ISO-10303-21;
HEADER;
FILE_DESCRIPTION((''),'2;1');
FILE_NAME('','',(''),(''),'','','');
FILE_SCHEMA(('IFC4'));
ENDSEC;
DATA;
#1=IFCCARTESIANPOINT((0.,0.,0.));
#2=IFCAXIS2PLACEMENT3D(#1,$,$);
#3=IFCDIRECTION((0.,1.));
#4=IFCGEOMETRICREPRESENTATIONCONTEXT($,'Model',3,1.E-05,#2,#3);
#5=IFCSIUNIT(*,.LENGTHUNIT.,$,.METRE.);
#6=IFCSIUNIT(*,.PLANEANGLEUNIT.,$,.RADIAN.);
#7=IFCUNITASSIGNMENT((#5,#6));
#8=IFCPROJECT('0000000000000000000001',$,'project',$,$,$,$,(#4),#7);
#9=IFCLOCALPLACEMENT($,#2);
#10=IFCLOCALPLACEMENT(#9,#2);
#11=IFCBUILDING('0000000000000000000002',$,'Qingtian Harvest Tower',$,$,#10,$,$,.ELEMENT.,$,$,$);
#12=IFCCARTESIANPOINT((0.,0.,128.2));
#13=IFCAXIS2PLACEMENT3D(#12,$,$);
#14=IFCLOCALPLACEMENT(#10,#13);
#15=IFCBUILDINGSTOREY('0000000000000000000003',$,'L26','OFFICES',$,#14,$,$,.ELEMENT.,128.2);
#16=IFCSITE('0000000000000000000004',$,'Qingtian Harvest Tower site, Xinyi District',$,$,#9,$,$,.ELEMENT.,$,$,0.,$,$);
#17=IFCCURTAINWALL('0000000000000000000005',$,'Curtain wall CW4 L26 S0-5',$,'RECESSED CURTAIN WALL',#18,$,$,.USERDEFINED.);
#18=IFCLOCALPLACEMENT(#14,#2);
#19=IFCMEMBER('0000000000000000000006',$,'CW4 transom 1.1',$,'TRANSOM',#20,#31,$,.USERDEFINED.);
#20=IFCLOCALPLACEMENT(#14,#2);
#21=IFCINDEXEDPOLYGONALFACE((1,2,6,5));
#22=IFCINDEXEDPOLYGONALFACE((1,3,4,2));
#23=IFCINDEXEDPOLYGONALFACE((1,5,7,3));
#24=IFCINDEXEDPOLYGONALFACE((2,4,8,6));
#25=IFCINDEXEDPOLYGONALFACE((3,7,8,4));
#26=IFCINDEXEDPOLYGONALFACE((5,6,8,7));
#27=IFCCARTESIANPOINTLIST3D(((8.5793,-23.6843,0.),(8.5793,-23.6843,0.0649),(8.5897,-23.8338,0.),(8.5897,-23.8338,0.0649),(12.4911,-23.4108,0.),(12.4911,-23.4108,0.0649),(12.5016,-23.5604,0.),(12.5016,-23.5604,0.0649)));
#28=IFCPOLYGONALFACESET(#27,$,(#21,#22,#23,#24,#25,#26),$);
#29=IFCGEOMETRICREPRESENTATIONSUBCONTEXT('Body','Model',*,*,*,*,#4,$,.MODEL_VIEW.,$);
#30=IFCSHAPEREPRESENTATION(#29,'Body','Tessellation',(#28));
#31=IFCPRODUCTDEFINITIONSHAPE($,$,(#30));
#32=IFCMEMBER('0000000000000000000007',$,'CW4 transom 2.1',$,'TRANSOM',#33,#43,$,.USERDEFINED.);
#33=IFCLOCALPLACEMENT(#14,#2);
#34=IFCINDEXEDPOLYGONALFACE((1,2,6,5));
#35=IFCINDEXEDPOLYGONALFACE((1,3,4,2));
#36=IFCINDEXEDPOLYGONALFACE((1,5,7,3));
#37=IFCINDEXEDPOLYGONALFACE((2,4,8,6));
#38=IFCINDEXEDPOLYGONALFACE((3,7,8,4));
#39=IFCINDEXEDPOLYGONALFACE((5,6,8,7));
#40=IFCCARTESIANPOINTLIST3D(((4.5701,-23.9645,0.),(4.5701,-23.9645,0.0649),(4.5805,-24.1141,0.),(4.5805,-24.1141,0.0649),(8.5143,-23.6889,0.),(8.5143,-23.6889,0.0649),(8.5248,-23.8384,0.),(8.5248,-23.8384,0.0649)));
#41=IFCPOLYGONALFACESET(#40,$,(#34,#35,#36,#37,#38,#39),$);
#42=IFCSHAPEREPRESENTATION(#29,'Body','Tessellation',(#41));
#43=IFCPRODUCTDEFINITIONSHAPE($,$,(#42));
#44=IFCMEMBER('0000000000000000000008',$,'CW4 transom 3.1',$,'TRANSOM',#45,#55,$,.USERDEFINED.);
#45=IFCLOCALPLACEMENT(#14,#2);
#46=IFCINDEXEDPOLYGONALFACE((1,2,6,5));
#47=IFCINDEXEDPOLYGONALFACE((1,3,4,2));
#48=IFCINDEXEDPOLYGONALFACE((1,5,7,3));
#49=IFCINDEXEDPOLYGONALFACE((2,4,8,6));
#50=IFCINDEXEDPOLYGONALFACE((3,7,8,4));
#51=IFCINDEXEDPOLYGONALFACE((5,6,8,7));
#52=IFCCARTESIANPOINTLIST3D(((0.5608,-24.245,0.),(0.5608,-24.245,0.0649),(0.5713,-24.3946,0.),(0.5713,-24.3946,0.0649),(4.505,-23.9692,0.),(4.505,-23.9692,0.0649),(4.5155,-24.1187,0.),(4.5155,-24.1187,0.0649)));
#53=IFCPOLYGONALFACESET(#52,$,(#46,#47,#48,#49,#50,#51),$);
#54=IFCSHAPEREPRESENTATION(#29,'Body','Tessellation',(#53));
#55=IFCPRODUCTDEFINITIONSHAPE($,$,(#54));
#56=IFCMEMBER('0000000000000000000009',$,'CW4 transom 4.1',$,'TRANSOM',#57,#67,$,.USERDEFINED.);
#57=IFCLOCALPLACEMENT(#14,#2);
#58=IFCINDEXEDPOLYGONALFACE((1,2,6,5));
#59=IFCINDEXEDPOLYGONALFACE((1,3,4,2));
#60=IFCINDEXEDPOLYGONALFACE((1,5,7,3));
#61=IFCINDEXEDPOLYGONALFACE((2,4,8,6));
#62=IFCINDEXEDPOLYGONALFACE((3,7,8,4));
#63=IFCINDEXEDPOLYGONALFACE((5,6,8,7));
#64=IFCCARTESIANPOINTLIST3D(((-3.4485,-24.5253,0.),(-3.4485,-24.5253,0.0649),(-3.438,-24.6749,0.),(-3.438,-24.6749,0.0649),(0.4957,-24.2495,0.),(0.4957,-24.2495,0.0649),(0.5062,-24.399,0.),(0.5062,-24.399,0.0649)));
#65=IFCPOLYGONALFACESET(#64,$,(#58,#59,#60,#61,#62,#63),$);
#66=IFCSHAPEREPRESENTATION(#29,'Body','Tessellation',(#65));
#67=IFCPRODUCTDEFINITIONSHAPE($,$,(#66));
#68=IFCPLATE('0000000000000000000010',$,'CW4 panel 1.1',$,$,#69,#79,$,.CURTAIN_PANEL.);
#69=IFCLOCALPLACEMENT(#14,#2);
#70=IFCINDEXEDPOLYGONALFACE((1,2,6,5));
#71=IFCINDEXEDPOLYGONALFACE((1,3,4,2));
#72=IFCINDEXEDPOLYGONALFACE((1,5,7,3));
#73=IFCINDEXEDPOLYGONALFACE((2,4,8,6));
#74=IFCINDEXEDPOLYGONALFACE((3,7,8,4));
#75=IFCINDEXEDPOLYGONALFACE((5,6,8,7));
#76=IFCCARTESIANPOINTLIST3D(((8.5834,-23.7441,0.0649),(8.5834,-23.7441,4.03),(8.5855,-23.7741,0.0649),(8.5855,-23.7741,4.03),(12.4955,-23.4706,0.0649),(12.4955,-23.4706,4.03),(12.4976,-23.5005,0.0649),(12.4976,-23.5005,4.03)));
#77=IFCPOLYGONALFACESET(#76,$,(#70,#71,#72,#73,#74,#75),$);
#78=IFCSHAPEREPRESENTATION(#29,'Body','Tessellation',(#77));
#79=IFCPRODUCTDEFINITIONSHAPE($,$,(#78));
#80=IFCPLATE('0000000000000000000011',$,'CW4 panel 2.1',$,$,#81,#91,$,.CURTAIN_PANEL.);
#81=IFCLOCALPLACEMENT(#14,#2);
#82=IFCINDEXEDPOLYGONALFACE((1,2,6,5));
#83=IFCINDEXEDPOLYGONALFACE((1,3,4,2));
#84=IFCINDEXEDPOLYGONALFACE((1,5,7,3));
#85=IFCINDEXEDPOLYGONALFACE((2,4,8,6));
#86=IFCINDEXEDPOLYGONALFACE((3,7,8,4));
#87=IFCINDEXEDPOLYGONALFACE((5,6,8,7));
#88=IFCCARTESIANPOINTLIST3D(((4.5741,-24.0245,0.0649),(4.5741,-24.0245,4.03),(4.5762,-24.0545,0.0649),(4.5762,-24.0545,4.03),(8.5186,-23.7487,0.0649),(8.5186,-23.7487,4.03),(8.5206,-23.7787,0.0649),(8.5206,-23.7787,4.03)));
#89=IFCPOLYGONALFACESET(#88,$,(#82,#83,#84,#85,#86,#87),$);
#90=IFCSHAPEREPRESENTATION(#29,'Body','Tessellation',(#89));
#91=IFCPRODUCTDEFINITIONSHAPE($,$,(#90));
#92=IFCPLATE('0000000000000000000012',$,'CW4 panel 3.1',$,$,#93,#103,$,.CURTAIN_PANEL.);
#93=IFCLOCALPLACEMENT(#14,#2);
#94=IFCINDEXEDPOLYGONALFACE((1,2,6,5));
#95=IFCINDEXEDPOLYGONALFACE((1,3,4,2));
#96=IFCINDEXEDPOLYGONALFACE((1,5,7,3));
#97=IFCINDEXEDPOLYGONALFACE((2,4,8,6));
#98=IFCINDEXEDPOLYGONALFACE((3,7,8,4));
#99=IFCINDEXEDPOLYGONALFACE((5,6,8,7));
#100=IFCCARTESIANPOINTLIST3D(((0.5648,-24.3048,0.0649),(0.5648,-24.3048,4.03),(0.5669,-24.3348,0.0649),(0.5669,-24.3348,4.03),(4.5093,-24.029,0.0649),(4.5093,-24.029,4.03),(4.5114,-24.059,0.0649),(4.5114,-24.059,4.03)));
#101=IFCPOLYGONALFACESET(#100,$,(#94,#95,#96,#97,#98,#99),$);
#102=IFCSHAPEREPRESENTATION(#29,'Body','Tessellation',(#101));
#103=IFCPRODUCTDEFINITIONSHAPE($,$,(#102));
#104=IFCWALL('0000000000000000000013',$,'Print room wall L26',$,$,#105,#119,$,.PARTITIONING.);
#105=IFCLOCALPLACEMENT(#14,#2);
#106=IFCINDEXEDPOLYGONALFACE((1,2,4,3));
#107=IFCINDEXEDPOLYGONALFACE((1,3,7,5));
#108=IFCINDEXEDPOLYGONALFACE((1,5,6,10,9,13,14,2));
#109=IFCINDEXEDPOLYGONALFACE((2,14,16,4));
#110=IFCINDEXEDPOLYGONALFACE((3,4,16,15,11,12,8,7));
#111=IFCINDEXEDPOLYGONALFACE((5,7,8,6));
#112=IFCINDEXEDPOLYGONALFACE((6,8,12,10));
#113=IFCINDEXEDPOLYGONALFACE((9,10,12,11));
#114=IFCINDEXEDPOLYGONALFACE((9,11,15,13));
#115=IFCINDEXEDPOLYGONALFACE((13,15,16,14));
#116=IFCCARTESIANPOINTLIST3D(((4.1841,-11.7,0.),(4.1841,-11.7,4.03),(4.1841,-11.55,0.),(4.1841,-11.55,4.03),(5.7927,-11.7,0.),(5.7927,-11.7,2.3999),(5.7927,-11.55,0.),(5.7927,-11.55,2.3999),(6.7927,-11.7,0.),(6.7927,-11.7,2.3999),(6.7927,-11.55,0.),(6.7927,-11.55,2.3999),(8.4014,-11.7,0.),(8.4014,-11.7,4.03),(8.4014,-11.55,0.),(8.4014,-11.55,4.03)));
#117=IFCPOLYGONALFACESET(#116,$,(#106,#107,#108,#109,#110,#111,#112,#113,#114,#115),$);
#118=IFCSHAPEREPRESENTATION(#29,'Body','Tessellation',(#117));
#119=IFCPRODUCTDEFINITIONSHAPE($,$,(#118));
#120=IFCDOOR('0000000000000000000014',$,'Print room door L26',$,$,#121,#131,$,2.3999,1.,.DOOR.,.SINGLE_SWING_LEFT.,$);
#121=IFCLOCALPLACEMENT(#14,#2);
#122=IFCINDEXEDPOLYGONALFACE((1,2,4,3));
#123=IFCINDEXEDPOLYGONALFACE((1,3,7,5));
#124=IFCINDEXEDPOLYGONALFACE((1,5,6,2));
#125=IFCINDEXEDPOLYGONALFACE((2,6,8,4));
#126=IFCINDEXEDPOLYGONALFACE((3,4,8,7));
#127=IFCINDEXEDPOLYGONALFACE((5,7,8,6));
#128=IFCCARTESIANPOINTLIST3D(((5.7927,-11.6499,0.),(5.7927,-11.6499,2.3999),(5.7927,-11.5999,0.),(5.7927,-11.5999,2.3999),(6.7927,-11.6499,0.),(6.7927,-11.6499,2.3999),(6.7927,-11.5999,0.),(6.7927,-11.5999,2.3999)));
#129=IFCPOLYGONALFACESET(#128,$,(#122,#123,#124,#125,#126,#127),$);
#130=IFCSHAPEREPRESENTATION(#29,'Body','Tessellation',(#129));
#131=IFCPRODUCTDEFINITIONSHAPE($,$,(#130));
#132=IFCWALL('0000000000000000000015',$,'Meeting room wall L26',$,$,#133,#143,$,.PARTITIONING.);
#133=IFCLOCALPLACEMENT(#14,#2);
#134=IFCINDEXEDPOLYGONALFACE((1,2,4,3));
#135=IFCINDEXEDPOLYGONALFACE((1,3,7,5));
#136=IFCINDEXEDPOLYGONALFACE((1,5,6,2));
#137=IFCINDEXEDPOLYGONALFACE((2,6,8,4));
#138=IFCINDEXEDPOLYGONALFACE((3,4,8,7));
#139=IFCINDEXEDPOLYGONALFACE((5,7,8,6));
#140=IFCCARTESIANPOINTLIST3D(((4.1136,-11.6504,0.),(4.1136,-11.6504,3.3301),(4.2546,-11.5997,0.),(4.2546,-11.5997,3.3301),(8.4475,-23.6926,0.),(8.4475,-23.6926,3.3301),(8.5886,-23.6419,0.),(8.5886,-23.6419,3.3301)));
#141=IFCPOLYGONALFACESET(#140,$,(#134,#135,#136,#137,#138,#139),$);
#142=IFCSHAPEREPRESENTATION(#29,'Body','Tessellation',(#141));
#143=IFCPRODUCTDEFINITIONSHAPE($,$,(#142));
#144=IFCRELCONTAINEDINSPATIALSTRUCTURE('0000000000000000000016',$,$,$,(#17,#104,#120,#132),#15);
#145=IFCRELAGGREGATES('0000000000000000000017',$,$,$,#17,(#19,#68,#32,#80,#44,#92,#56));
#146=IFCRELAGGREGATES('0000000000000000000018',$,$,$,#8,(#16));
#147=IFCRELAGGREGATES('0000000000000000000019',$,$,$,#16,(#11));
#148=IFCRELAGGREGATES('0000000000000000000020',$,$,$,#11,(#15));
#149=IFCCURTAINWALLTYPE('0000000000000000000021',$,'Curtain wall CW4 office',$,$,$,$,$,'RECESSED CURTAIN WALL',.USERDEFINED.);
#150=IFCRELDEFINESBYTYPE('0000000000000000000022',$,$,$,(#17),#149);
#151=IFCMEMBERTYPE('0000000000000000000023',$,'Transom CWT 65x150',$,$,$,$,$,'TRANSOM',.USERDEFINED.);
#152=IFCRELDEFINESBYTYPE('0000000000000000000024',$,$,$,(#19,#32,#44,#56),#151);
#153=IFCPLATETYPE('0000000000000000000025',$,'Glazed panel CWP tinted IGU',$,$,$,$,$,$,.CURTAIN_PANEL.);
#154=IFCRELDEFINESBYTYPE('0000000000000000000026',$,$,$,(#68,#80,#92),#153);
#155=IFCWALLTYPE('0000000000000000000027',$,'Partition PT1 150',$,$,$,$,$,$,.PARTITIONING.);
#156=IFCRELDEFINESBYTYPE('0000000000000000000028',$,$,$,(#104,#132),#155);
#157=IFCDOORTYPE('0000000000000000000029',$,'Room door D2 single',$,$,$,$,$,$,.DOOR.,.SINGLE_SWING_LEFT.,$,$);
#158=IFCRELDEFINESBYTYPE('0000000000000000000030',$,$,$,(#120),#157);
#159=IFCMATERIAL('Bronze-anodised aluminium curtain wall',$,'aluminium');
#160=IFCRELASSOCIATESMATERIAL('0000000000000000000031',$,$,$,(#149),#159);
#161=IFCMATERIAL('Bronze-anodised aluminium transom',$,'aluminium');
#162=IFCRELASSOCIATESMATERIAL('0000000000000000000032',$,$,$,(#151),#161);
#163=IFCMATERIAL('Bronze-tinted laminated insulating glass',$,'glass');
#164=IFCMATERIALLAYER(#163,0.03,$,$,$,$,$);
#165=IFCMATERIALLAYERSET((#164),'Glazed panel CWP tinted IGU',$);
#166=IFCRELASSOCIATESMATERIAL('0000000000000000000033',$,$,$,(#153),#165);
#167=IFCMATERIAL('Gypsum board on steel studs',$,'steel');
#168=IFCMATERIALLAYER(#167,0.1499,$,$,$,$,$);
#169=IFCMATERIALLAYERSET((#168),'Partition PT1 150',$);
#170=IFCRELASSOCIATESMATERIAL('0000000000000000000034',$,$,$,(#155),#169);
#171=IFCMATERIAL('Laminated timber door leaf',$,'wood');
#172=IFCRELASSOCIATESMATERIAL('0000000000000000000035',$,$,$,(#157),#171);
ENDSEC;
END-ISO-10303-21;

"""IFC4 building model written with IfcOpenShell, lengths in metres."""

from ifc_helpers import new_model, si_unit, direction, frame, frame_2d, origin, origin_2d, place, context, subcontext, project, spatial, rectangle, extrude, material, layer, layer_set, material_profile, profile_set, type_object, element, fill, aggregate, save


model = new_model("IFC4")

# Units and contexts
model_context = context("Model", 3, precision=1e-05, world=origin(), true_north=direction((0.0, 1.0)))
body_context = subcontext(model_context, "Body", "Model", "MODEL_VIEW")
ifc_project = project(units=[si_unit("LENGTHUNIT", "METRE"), si_unit("PLANEANGLEUNIT", "RADIAN")], contexts=[model_context])

# Site, building, storey
site_placement = place(None, origin())
site = spatial("IfcSite", under=ifc_project, at=site_placement, Name="Qingtian Harvest Tower site, Xinyi District", CompositionType="ELEMENT", RefElevation=0.0)
building_placement = place(site_placement, origin())
building = spatial("IfcBuilding", under=site, at=building_placement, Name="Qingtian Harvest Tower", CompositionType="ELEMENT")
storey_placement = place(building_placement, frame((0.0, 0.0, 128.2)))
storey = spatial("IfcBuildingStorey", under=building, at=storey_placement, Name="L26", Description="OFFICES", CompositionType="ELEMENT", Elevation=128.2)

# Shared definitions
ifc_material_1 = material(Name="Bronze-anodised aluminium curtain wall", Category="aluminium")
curtain_wall_type = type_object("IfcCurtainWallType", Name="Curtain wall CW4 office", ElementType="RECESSED CURTAIN WALL", PredefinedType="USERDEFINED", material=ifc_material_1)

# Curtain wall
curtain_wall_1_placement = place(storey_placement, origin())
curtain_wall_1 = element("IfcCurtainWall", 1, at=curtain_wall_1_placement, inside=storey, type_object=curtain_wall_type, Name="Curtain wall CW4 L26 S0-5", ObjectType="RECESSED CURTAIN WALL", PredefinedType="USERDEFINED")

# Members
ifc_material_2 = material(Name="Bronze-anodised aluminium transom", Category="aluminium")
ifc_material_profile_1 = material_profile(ifc_material_2, rectangle(XDim=0.1499, YDim=0.0649, at=origin_2d()), Name="AL 65x150")
ifc_profile_set_1 = profile_set([ifc_material_profile_1], Name="Bronze-anodised aluminium transom")
member_type_1 = type_object("IfcMemberType", Name="Transom CWT 65x150", ElementType="TRANSOM", PredefinedType="USERDEFINED", material=ifc_profile_set_1)
member_1_placement = place(storey_placement, frame((12.4963, -23.4856, 0.0325), z_axis=(-0.997566, -0.069729, 0.0), x_axis=(0.069729, -0.997566, 0.0)))
member_1 = element("IfcMember", 2, at=member_1_placement, type_object=member_type_1, Name="CW4 transom 1.1", ObjectType="TRANSOM", PredefinedType="USERDEFINED", context=body_context, shape_type="SweptSolid", body=[
    extrude(rectangle(XDim=0.1499, YDim=0.0649, at=origin_2d()), origin(), (0.0, 0.0, 1.0), 3.9214),
])
member_2_placement = place(storey_placement, frame((8.5195, -23.7637, 0.0325), z_axis=(-0.997567, -0.069711, 0.0), x_axis=(0.069711, -0.997567, 0.0)))
member_2 = element("IfcMember", 3, at=member_2_placement, type_object=member_type_1, Name="CW4 transom 2.1", ObjectType="TRANSOM", PredefinedType="USERDEFINED", context=body_context, shape_type="SweptSolid", body=[
    extrude(rectangle(XDim=0.1499, YDim=0.0649, at=origin_2d()), origin(), (0.0, 0.0, 1.0), 3.9539),
])
member_3_placement = place(storey_placement, frame((4.5103, -24.0439, 0.0325), z_axis=(-0.997563, -0.069773, 0.0), x_axis=(0.069773, -0.997563, 0.0)))
member_3 = element("IfcMember", 4, at=member_3_placement, type_object=member_type_1, Name="CW4 transom 3.1", ObjectType="TRANSOM", PredefinedType="USERDEFINED", context=body_context, shape_type="SweptSolid", body=[
    extrude(rectangle(XDim=0.1499, YDim=0.0649, at=origin_2d()), origin(), (0.0, 0.0, 1.0), 3.9539),
])
member_4_placement = place(storey_placement, frame((0.501, -24.3242, 0.0325), z_axis=(-0.997563, -0.069773, 0.0), x_axis=(0.069773, -0.997563, 0.0)))
member_4 = element("IfcMember", 5, at=member_4_placement, type_object=member_type_1, Name="CW4 transom 4.1", ObjectType="TRANSOM", PredefinedType="USERDEFINED", context=body_context, shape_type="SweptSolid", body=[
    extrude(rectangle(XDim=0.1499, YDim=0.0649, at=origin_2d()), origin(), (0.0, 0.0, 1.0), 3.9539),
])

# Plates
ifc_material_3 = material(Name="Bronze-tinted laminated insulating glass", Category="glass")
ifc_layer_1 = layer(ifc_material_3, 0.03)
ifc_layer_set_1 = layer_set([ifc_layer_1], Name="Glazed panel CWP tinted IGU")
plate_type = type_object("IfcPlateType", Name="Glazed panel CWP tinted IGU", PredefinedType="CURTAIN_PANEL", material=ifc_layer_set_1)
plate_1_placement = place(storey_placement, frame((10.5405, -23.6223, 0.0649), z_axis=(0.0, 0.0, 1.0), x_axis=(-0.997564, -0.069756, 0.0)))
plate_1 = element("IfcPlate", 6, at=plate_1_placement, type_object=plate_type, Name="CW4 panel 1.1", PredefinedType="CURTAIN_PANEL", context=body_context, shape_type="SweptSolid", body=[
    extrude(rectangle(XDim=3.9216, YDim=0.03, at=origin_2d()), origin(), (0.0, 0.0, 1.0), 3.9651),
])
plate_2_placement = place(storey_placement, frame((6.5474, -23.9016, 0.0649), z_axis=(0.0, 0.0, 1.0), x_axis=(-0.997564, -0.069756, 0.0)))
plate_2 = element("IfcPlate", 7, at=plate_2_placement, type_object=plate_type, Name="CW4 panel 2.1", PredefinedType="CURTAIN_PANEL", context=body_context, shape_type="SweptSolid", body=[
    extrude(rectangle(XDim=3.9541, YDim=0.03, at=origin_2d()), origin(), (0.0, 0.0, 1.0), 3.9651),
])
plate_3_placement = place(storey_placement, frame((2.5381, -24.1819, 0.0649), z_axis=(0.0, 0.0, 1.0), x_axis=(-0.997564, -0.069756, 0.0)))
plate_3 = element("IfcPlate", 8, at=plate_3_placement, type_object=plate_type, Name="CW4 panel 3.1", PredefinedType="CURTAIN_PANEL", context=body_context, shape_type="SweptSolid", body=[
    extrude(rectangle(XDim=3.9541, YDim=0.03, at=origin_2d()), origin(), (0.0, 0.0, 1.0), 3.9651),
])
aggregate(curtain_wall_1, [member_1, plate_1, member_2, plate_2, member_3, plate_3, member_4])

# Wall, opening, door
ifc_material_4 = material(Name="Gypsum board on steel studs", Category="steel")
ifc_layer_2 = layer(ifc_material_4, 0.1499)
ifc_layer_set_2 = layer_set([ifc_layer_2], Name="Partition PT1 150")
wall_type = type_object("IfcWallType", Name="Partition PT1 150", PredefinedType="PARTITIONING", material=ifc_layer_set_2)
wall_1_placement = place(storey_placement, frame((8.4014, -11.625, 0.0), z_axis=(0.0, 0.0, 1.0), x_axis=(-1.0, 0.0, 0.0)))
wall_1 = element("IfcWall", 9, at=wall_1_placement, inside=storey, type_object=wall_type, Name="Print room wall L26", PredefinedType="PARTITIONING", context=body_context, shape_type="SweptSolid", body=[
    extrude(rectangle(XDim=4.2173, YDim=0.1499, at=frame_2d((2.1086, 0.0))), origin(), (0.0, 0.0, 1.0), 4.03),
])
opening_1_placement = place(wall_1_placement, frame((1.6086, 0.0, 0.0)))
opening_1 = element("IfcOpeningElement", 10, at=opening_1_placement, cuts=wall_1, PredefinedType="OPENING", context=body_context, shape_type="SweptSolid", body=[
    extrude(rectangle(XDim=1.0, YDim=2.3999, at=frame_2d((0.5, 1.2))), frame((0.0, 0.085, 0.0), z_axis=(0.0, -1.0, 0.0), x_axis=(1.0, 0.0, 0.0)), (0.0, 0.0, 1.0), 0.1699),
])
ifc_material_5 = material(Name="Laminated timber door leaf", Category="wood")
door_type_1 = type_object("IfcDoorType", Name="Room door D2 single", OperationType="SINGLE_SWING_LEFT", PredefinedType="DOOR", material=ifc_material_5)
door_1_placement = place(opening_1_placement, origin())
door_1 = element("IfcDoor", 11, at=door_1_placement, inside=storey, type_object=door_type_1, Name="Print room door L26", OperationType="SINGLE_SWING_LEFT", OverallHeight=2.3999, OverallWidth=1.0, PredefinedType="DOOR", context=body_context, shape_type="SweptSolid", body=[
    extrude(rectangle(XDim=1.0, YDim=2.3999, at=frame_2d((0.5, 1.2))), frame((0.0, 0.0249, 0.0), z_axis=(0.0, -1.0, 0.0), x_axis=(1.0, 0.0, 0.0)), (0.0, 0.0, 1.0), 0.05),
])
fill(opening_1, door_1)

# Wall
wall_2_placement = place(storey_placement, frame((8.5181, -23.6672, 0.0), z_axis=(0.0, 0.0, 1.0), x_axis=(-0.338635, 0.940918, 0.0)))
element("IfcWall", 12, at=wall_2_placement, inside=storey, type_object=wall_type, Name="Meeting room wall L26", PredefinedType="PARTITIONING", context=body_context, shape_type="SweptSolid", body=[
    extrude(rectangle(XDim=12.7983, YDim=0.1499, at=frame_2d((6.3992, 0.0))), origin(), (0.0, 0.0, 1.0), 3.3301),
])

save(model, "model.ifc")
